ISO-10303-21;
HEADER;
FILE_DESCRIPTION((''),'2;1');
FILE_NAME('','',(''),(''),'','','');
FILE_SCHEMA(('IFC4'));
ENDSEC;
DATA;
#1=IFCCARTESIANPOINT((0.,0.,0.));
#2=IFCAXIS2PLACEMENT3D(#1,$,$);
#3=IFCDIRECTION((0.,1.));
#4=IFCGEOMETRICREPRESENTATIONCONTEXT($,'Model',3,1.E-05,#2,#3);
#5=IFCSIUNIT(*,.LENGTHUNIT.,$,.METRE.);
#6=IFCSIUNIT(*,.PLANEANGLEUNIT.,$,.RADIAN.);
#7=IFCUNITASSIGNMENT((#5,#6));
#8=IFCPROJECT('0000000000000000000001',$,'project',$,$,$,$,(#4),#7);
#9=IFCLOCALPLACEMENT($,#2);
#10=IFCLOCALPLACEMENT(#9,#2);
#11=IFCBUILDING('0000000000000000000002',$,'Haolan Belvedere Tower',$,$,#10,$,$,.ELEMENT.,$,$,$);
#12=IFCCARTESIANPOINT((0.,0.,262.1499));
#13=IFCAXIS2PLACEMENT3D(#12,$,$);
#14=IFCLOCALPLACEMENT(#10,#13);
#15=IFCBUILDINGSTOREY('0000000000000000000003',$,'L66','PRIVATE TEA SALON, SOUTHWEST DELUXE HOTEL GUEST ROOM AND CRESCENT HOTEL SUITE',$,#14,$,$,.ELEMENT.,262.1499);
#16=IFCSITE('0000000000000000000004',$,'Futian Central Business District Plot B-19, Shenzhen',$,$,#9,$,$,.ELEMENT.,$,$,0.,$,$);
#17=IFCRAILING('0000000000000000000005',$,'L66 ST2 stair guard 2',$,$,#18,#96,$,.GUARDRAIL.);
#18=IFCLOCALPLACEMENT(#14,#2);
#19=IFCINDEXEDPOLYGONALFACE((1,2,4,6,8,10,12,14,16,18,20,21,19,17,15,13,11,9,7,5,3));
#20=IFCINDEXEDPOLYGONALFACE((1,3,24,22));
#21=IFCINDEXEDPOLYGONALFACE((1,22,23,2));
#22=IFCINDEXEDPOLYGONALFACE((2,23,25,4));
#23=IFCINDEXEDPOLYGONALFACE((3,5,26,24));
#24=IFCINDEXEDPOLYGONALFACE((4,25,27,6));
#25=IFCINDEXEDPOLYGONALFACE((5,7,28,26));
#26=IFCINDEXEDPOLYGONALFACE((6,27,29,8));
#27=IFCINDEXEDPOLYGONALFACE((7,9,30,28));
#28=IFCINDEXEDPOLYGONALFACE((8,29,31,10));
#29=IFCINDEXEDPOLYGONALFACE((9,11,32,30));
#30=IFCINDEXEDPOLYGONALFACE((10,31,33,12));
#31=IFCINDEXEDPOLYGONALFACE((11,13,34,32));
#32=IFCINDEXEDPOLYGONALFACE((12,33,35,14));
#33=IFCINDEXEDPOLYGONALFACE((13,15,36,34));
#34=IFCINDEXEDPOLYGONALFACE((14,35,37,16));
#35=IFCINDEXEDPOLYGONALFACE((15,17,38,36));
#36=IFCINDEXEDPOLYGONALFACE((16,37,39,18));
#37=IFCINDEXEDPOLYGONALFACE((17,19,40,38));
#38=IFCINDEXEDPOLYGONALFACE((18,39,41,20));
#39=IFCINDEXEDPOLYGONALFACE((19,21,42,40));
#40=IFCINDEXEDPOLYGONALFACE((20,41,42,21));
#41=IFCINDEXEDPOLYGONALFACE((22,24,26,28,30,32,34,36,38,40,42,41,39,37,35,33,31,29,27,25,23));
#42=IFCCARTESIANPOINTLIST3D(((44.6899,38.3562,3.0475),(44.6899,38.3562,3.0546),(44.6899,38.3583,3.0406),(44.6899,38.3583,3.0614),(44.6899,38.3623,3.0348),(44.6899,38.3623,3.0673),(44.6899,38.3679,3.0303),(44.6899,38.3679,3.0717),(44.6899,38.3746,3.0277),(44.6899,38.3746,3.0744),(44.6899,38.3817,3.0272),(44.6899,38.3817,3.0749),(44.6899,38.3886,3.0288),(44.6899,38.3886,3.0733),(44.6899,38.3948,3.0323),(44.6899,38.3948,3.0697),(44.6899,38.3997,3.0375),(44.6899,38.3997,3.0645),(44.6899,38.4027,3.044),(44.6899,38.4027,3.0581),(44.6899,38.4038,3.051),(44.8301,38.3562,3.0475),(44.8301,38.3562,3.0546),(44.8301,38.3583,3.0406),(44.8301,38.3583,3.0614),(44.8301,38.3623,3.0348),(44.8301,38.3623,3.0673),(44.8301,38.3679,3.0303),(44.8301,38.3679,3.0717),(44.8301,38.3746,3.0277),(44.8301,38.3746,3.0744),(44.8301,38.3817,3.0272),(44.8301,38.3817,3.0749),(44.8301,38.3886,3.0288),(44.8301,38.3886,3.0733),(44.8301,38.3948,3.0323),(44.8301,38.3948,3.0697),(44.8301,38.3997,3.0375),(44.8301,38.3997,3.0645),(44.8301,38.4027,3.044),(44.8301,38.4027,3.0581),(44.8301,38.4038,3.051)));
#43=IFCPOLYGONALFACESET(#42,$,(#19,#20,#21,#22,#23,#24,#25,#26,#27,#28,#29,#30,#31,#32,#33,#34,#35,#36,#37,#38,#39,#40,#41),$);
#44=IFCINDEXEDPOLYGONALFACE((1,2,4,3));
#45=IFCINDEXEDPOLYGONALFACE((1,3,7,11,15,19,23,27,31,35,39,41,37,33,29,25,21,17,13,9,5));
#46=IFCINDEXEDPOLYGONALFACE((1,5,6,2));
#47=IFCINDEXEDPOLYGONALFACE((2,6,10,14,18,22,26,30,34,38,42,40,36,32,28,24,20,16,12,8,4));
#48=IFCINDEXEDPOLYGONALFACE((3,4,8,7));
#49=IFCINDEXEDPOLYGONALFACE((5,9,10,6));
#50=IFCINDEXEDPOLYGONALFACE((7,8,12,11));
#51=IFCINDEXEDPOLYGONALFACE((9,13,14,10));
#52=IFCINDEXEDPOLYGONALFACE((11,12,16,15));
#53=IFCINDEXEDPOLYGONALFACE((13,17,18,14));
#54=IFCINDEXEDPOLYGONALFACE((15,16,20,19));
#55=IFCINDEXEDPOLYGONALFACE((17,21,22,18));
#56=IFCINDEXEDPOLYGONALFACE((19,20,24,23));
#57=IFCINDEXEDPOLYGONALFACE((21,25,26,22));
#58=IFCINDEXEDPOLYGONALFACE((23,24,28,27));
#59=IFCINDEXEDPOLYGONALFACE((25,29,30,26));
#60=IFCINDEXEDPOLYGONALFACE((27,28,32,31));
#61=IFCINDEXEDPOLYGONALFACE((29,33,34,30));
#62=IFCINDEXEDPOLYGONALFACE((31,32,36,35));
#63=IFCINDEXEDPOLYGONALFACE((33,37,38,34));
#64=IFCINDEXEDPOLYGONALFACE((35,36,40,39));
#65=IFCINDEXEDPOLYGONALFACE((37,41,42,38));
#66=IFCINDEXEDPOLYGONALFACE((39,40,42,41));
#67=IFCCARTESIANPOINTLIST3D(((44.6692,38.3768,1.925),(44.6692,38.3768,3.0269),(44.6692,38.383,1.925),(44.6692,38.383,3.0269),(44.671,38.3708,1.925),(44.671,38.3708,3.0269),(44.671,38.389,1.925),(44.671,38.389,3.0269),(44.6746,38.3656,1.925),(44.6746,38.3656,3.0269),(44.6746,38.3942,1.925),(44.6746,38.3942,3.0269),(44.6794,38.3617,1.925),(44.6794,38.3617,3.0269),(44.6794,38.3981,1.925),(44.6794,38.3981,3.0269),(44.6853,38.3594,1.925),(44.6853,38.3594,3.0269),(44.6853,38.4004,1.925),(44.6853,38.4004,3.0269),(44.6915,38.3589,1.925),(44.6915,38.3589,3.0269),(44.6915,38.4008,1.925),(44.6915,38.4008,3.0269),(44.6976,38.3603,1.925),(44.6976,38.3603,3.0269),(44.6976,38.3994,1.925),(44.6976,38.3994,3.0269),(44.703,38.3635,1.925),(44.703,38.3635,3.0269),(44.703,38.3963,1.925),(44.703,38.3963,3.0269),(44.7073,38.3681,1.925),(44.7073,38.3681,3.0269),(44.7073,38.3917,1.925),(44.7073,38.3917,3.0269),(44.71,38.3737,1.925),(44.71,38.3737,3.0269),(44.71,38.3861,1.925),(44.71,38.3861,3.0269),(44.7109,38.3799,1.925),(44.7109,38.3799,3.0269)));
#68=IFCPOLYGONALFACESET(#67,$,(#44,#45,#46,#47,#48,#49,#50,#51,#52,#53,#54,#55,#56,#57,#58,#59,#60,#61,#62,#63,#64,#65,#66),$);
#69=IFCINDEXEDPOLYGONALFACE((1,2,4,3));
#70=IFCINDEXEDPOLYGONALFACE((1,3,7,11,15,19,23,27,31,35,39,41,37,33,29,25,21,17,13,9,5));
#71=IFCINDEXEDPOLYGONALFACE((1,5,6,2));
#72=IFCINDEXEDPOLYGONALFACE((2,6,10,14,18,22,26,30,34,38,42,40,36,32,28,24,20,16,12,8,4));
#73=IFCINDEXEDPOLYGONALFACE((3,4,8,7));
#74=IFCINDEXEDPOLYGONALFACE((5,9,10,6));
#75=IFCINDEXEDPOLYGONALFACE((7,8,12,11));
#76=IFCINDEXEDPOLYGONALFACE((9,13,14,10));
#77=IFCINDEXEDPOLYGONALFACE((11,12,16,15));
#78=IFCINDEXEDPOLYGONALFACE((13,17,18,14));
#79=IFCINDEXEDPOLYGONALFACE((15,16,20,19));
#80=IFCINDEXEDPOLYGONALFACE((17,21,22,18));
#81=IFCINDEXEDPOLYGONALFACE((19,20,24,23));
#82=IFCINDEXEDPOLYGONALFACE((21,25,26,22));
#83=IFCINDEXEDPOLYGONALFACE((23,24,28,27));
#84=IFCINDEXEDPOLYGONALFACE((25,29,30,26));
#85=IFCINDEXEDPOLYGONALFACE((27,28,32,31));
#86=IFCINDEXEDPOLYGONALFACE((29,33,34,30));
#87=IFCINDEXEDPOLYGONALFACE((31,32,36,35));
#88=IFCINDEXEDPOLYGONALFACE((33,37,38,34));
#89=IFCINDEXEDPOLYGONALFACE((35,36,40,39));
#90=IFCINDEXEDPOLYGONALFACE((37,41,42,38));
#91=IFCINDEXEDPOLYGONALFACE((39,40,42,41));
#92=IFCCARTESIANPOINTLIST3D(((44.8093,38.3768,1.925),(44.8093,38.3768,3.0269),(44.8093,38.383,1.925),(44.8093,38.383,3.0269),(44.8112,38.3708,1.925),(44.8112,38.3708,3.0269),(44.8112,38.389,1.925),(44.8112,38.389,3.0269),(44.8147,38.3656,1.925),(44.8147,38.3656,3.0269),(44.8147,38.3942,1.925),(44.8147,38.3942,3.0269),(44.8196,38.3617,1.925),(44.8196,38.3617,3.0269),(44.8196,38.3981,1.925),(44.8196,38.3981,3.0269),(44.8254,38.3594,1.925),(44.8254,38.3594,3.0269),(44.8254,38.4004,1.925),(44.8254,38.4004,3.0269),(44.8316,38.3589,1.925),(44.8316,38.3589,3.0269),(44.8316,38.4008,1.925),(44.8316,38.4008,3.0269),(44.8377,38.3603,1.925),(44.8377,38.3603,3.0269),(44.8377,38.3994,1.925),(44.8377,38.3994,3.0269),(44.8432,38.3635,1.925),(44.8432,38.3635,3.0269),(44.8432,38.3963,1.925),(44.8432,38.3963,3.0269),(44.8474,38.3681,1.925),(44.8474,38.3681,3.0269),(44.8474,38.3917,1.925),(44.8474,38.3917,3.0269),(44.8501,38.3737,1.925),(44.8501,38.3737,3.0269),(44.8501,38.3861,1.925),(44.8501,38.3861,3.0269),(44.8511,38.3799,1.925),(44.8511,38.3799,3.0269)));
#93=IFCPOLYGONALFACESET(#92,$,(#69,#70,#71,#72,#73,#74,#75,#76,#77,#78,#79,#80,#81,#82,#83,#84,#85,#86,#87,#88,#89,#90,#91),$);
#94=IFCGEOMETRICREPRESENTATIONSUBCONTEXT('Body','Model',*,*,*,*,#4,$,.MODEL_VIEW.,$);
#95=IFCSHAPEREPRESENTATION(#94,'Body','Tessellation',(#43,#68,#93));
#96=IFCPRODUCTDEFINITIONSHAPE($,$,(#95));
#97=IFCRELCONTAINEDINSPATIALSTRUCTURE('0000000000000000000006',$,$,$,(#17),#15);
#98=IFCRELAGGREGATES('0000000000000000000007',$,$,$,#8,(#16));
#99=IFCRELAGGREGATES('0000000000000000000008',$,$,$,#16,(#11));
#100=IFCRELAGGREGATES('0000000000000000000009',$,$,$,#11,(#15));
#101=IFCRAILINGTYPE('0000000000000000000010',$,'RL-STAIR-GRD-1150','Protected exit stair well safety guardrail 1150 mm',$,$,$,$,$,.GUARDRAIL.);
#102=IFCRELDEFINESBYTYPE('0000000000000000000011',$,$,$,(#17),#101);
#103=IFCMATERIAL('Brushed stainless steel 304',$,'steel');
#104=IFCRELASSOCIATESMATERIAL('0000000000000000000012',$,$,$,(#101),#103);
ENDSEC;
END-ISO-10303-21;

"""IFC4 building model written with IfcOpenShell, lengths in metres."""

from ifc_helpers import new_model, si_unit, direction, frame, origin, origin_2d, place, context, subcontext, project, spatial, circle, extrude, material, type_object, element, save


model = new_model("IFC4")

# Units and contexts
model_context = context("Model", 3, precision=1e-05, world=origin(), true_north=direction((0.0, 1.0)))
body_context = subcontext(model_context, "Body", "Model", "MODEL_VIEW")
ifc_project = project(units=[si_unit("LENGTHUNIT", "METRE"), si_unit("PLANEANGLEUNIT", "RADIAN")], contexts=[model_context])

# Site, building, storey
site_placement = place(None, origin())
site = spatial("IfcSite", under=ifc_project, at=site_placement, Name="Futian Central Business District Plot B-19, Shenzhen", CompositionType="ELEMENT", RefElevation=0.0)
building_placement = place(site_placement, origin())
building = spatial("IfcBuilding", under=site, at=building_placement, Name="Haolan Belvedere Tower", CompositionType="ELEMENT")
storey_placement = place(building_placement, frame((0.0, 0.0, 262.1499)))
storey = spatial("IfcBuildingStorey", under=building, at=storey_placement, Name="L66", Description="PRIVATE TEA SALON, SOUTHWEST DELUXE HOTEL GUEST ROOM AND CRESCENT HOTEL SUITE", CompositionType="ELEMENT", Elevation=262.1499)

# Railing
ifc_material_1 = material(Name="Brushed stainless steel 304", Category="steel")
railing_type = type_object("IfcRailingType", Name="RL-STAIR-GRD-1150", Description="Protected exit stair well safety guardrail 1150 mm", PredefinedType="GUARDRAIL", material=ifc_material_1)
railing_placement = place(storey_placement, frame((44.6899, 38.3799, 1.925)))
element("IfcRailing", 1, at=railing_placement, inside=storey, type_object=railing_type, Name="L66 ST2 stair guard 2", PredefinedType="GUARDRAIL", context=body_context, shape_type="SweptSolid", body=[
    extrude(circle(Radius=0.0239, at=origin_2d()), frame((0.0, 0.0, 1.126), z_axis=(1.0, 0.0, 0.0), x_axis=(0.0, 1.0, 0.0)), (0.0, 0.0, 1.0), 0.1401),
    extrude(circle(Radius=0.021, at=origin_2d()), origin(), (0.0, 0.0, 1.0), 1.1018),
    extrude(circle(Radius=0.021, at=origin_2d()), frame((0.1401, 0.0, 0.0)), (0.0, 0.0, 1.0), 1.1018),
])

save(model, "model.ifc")
